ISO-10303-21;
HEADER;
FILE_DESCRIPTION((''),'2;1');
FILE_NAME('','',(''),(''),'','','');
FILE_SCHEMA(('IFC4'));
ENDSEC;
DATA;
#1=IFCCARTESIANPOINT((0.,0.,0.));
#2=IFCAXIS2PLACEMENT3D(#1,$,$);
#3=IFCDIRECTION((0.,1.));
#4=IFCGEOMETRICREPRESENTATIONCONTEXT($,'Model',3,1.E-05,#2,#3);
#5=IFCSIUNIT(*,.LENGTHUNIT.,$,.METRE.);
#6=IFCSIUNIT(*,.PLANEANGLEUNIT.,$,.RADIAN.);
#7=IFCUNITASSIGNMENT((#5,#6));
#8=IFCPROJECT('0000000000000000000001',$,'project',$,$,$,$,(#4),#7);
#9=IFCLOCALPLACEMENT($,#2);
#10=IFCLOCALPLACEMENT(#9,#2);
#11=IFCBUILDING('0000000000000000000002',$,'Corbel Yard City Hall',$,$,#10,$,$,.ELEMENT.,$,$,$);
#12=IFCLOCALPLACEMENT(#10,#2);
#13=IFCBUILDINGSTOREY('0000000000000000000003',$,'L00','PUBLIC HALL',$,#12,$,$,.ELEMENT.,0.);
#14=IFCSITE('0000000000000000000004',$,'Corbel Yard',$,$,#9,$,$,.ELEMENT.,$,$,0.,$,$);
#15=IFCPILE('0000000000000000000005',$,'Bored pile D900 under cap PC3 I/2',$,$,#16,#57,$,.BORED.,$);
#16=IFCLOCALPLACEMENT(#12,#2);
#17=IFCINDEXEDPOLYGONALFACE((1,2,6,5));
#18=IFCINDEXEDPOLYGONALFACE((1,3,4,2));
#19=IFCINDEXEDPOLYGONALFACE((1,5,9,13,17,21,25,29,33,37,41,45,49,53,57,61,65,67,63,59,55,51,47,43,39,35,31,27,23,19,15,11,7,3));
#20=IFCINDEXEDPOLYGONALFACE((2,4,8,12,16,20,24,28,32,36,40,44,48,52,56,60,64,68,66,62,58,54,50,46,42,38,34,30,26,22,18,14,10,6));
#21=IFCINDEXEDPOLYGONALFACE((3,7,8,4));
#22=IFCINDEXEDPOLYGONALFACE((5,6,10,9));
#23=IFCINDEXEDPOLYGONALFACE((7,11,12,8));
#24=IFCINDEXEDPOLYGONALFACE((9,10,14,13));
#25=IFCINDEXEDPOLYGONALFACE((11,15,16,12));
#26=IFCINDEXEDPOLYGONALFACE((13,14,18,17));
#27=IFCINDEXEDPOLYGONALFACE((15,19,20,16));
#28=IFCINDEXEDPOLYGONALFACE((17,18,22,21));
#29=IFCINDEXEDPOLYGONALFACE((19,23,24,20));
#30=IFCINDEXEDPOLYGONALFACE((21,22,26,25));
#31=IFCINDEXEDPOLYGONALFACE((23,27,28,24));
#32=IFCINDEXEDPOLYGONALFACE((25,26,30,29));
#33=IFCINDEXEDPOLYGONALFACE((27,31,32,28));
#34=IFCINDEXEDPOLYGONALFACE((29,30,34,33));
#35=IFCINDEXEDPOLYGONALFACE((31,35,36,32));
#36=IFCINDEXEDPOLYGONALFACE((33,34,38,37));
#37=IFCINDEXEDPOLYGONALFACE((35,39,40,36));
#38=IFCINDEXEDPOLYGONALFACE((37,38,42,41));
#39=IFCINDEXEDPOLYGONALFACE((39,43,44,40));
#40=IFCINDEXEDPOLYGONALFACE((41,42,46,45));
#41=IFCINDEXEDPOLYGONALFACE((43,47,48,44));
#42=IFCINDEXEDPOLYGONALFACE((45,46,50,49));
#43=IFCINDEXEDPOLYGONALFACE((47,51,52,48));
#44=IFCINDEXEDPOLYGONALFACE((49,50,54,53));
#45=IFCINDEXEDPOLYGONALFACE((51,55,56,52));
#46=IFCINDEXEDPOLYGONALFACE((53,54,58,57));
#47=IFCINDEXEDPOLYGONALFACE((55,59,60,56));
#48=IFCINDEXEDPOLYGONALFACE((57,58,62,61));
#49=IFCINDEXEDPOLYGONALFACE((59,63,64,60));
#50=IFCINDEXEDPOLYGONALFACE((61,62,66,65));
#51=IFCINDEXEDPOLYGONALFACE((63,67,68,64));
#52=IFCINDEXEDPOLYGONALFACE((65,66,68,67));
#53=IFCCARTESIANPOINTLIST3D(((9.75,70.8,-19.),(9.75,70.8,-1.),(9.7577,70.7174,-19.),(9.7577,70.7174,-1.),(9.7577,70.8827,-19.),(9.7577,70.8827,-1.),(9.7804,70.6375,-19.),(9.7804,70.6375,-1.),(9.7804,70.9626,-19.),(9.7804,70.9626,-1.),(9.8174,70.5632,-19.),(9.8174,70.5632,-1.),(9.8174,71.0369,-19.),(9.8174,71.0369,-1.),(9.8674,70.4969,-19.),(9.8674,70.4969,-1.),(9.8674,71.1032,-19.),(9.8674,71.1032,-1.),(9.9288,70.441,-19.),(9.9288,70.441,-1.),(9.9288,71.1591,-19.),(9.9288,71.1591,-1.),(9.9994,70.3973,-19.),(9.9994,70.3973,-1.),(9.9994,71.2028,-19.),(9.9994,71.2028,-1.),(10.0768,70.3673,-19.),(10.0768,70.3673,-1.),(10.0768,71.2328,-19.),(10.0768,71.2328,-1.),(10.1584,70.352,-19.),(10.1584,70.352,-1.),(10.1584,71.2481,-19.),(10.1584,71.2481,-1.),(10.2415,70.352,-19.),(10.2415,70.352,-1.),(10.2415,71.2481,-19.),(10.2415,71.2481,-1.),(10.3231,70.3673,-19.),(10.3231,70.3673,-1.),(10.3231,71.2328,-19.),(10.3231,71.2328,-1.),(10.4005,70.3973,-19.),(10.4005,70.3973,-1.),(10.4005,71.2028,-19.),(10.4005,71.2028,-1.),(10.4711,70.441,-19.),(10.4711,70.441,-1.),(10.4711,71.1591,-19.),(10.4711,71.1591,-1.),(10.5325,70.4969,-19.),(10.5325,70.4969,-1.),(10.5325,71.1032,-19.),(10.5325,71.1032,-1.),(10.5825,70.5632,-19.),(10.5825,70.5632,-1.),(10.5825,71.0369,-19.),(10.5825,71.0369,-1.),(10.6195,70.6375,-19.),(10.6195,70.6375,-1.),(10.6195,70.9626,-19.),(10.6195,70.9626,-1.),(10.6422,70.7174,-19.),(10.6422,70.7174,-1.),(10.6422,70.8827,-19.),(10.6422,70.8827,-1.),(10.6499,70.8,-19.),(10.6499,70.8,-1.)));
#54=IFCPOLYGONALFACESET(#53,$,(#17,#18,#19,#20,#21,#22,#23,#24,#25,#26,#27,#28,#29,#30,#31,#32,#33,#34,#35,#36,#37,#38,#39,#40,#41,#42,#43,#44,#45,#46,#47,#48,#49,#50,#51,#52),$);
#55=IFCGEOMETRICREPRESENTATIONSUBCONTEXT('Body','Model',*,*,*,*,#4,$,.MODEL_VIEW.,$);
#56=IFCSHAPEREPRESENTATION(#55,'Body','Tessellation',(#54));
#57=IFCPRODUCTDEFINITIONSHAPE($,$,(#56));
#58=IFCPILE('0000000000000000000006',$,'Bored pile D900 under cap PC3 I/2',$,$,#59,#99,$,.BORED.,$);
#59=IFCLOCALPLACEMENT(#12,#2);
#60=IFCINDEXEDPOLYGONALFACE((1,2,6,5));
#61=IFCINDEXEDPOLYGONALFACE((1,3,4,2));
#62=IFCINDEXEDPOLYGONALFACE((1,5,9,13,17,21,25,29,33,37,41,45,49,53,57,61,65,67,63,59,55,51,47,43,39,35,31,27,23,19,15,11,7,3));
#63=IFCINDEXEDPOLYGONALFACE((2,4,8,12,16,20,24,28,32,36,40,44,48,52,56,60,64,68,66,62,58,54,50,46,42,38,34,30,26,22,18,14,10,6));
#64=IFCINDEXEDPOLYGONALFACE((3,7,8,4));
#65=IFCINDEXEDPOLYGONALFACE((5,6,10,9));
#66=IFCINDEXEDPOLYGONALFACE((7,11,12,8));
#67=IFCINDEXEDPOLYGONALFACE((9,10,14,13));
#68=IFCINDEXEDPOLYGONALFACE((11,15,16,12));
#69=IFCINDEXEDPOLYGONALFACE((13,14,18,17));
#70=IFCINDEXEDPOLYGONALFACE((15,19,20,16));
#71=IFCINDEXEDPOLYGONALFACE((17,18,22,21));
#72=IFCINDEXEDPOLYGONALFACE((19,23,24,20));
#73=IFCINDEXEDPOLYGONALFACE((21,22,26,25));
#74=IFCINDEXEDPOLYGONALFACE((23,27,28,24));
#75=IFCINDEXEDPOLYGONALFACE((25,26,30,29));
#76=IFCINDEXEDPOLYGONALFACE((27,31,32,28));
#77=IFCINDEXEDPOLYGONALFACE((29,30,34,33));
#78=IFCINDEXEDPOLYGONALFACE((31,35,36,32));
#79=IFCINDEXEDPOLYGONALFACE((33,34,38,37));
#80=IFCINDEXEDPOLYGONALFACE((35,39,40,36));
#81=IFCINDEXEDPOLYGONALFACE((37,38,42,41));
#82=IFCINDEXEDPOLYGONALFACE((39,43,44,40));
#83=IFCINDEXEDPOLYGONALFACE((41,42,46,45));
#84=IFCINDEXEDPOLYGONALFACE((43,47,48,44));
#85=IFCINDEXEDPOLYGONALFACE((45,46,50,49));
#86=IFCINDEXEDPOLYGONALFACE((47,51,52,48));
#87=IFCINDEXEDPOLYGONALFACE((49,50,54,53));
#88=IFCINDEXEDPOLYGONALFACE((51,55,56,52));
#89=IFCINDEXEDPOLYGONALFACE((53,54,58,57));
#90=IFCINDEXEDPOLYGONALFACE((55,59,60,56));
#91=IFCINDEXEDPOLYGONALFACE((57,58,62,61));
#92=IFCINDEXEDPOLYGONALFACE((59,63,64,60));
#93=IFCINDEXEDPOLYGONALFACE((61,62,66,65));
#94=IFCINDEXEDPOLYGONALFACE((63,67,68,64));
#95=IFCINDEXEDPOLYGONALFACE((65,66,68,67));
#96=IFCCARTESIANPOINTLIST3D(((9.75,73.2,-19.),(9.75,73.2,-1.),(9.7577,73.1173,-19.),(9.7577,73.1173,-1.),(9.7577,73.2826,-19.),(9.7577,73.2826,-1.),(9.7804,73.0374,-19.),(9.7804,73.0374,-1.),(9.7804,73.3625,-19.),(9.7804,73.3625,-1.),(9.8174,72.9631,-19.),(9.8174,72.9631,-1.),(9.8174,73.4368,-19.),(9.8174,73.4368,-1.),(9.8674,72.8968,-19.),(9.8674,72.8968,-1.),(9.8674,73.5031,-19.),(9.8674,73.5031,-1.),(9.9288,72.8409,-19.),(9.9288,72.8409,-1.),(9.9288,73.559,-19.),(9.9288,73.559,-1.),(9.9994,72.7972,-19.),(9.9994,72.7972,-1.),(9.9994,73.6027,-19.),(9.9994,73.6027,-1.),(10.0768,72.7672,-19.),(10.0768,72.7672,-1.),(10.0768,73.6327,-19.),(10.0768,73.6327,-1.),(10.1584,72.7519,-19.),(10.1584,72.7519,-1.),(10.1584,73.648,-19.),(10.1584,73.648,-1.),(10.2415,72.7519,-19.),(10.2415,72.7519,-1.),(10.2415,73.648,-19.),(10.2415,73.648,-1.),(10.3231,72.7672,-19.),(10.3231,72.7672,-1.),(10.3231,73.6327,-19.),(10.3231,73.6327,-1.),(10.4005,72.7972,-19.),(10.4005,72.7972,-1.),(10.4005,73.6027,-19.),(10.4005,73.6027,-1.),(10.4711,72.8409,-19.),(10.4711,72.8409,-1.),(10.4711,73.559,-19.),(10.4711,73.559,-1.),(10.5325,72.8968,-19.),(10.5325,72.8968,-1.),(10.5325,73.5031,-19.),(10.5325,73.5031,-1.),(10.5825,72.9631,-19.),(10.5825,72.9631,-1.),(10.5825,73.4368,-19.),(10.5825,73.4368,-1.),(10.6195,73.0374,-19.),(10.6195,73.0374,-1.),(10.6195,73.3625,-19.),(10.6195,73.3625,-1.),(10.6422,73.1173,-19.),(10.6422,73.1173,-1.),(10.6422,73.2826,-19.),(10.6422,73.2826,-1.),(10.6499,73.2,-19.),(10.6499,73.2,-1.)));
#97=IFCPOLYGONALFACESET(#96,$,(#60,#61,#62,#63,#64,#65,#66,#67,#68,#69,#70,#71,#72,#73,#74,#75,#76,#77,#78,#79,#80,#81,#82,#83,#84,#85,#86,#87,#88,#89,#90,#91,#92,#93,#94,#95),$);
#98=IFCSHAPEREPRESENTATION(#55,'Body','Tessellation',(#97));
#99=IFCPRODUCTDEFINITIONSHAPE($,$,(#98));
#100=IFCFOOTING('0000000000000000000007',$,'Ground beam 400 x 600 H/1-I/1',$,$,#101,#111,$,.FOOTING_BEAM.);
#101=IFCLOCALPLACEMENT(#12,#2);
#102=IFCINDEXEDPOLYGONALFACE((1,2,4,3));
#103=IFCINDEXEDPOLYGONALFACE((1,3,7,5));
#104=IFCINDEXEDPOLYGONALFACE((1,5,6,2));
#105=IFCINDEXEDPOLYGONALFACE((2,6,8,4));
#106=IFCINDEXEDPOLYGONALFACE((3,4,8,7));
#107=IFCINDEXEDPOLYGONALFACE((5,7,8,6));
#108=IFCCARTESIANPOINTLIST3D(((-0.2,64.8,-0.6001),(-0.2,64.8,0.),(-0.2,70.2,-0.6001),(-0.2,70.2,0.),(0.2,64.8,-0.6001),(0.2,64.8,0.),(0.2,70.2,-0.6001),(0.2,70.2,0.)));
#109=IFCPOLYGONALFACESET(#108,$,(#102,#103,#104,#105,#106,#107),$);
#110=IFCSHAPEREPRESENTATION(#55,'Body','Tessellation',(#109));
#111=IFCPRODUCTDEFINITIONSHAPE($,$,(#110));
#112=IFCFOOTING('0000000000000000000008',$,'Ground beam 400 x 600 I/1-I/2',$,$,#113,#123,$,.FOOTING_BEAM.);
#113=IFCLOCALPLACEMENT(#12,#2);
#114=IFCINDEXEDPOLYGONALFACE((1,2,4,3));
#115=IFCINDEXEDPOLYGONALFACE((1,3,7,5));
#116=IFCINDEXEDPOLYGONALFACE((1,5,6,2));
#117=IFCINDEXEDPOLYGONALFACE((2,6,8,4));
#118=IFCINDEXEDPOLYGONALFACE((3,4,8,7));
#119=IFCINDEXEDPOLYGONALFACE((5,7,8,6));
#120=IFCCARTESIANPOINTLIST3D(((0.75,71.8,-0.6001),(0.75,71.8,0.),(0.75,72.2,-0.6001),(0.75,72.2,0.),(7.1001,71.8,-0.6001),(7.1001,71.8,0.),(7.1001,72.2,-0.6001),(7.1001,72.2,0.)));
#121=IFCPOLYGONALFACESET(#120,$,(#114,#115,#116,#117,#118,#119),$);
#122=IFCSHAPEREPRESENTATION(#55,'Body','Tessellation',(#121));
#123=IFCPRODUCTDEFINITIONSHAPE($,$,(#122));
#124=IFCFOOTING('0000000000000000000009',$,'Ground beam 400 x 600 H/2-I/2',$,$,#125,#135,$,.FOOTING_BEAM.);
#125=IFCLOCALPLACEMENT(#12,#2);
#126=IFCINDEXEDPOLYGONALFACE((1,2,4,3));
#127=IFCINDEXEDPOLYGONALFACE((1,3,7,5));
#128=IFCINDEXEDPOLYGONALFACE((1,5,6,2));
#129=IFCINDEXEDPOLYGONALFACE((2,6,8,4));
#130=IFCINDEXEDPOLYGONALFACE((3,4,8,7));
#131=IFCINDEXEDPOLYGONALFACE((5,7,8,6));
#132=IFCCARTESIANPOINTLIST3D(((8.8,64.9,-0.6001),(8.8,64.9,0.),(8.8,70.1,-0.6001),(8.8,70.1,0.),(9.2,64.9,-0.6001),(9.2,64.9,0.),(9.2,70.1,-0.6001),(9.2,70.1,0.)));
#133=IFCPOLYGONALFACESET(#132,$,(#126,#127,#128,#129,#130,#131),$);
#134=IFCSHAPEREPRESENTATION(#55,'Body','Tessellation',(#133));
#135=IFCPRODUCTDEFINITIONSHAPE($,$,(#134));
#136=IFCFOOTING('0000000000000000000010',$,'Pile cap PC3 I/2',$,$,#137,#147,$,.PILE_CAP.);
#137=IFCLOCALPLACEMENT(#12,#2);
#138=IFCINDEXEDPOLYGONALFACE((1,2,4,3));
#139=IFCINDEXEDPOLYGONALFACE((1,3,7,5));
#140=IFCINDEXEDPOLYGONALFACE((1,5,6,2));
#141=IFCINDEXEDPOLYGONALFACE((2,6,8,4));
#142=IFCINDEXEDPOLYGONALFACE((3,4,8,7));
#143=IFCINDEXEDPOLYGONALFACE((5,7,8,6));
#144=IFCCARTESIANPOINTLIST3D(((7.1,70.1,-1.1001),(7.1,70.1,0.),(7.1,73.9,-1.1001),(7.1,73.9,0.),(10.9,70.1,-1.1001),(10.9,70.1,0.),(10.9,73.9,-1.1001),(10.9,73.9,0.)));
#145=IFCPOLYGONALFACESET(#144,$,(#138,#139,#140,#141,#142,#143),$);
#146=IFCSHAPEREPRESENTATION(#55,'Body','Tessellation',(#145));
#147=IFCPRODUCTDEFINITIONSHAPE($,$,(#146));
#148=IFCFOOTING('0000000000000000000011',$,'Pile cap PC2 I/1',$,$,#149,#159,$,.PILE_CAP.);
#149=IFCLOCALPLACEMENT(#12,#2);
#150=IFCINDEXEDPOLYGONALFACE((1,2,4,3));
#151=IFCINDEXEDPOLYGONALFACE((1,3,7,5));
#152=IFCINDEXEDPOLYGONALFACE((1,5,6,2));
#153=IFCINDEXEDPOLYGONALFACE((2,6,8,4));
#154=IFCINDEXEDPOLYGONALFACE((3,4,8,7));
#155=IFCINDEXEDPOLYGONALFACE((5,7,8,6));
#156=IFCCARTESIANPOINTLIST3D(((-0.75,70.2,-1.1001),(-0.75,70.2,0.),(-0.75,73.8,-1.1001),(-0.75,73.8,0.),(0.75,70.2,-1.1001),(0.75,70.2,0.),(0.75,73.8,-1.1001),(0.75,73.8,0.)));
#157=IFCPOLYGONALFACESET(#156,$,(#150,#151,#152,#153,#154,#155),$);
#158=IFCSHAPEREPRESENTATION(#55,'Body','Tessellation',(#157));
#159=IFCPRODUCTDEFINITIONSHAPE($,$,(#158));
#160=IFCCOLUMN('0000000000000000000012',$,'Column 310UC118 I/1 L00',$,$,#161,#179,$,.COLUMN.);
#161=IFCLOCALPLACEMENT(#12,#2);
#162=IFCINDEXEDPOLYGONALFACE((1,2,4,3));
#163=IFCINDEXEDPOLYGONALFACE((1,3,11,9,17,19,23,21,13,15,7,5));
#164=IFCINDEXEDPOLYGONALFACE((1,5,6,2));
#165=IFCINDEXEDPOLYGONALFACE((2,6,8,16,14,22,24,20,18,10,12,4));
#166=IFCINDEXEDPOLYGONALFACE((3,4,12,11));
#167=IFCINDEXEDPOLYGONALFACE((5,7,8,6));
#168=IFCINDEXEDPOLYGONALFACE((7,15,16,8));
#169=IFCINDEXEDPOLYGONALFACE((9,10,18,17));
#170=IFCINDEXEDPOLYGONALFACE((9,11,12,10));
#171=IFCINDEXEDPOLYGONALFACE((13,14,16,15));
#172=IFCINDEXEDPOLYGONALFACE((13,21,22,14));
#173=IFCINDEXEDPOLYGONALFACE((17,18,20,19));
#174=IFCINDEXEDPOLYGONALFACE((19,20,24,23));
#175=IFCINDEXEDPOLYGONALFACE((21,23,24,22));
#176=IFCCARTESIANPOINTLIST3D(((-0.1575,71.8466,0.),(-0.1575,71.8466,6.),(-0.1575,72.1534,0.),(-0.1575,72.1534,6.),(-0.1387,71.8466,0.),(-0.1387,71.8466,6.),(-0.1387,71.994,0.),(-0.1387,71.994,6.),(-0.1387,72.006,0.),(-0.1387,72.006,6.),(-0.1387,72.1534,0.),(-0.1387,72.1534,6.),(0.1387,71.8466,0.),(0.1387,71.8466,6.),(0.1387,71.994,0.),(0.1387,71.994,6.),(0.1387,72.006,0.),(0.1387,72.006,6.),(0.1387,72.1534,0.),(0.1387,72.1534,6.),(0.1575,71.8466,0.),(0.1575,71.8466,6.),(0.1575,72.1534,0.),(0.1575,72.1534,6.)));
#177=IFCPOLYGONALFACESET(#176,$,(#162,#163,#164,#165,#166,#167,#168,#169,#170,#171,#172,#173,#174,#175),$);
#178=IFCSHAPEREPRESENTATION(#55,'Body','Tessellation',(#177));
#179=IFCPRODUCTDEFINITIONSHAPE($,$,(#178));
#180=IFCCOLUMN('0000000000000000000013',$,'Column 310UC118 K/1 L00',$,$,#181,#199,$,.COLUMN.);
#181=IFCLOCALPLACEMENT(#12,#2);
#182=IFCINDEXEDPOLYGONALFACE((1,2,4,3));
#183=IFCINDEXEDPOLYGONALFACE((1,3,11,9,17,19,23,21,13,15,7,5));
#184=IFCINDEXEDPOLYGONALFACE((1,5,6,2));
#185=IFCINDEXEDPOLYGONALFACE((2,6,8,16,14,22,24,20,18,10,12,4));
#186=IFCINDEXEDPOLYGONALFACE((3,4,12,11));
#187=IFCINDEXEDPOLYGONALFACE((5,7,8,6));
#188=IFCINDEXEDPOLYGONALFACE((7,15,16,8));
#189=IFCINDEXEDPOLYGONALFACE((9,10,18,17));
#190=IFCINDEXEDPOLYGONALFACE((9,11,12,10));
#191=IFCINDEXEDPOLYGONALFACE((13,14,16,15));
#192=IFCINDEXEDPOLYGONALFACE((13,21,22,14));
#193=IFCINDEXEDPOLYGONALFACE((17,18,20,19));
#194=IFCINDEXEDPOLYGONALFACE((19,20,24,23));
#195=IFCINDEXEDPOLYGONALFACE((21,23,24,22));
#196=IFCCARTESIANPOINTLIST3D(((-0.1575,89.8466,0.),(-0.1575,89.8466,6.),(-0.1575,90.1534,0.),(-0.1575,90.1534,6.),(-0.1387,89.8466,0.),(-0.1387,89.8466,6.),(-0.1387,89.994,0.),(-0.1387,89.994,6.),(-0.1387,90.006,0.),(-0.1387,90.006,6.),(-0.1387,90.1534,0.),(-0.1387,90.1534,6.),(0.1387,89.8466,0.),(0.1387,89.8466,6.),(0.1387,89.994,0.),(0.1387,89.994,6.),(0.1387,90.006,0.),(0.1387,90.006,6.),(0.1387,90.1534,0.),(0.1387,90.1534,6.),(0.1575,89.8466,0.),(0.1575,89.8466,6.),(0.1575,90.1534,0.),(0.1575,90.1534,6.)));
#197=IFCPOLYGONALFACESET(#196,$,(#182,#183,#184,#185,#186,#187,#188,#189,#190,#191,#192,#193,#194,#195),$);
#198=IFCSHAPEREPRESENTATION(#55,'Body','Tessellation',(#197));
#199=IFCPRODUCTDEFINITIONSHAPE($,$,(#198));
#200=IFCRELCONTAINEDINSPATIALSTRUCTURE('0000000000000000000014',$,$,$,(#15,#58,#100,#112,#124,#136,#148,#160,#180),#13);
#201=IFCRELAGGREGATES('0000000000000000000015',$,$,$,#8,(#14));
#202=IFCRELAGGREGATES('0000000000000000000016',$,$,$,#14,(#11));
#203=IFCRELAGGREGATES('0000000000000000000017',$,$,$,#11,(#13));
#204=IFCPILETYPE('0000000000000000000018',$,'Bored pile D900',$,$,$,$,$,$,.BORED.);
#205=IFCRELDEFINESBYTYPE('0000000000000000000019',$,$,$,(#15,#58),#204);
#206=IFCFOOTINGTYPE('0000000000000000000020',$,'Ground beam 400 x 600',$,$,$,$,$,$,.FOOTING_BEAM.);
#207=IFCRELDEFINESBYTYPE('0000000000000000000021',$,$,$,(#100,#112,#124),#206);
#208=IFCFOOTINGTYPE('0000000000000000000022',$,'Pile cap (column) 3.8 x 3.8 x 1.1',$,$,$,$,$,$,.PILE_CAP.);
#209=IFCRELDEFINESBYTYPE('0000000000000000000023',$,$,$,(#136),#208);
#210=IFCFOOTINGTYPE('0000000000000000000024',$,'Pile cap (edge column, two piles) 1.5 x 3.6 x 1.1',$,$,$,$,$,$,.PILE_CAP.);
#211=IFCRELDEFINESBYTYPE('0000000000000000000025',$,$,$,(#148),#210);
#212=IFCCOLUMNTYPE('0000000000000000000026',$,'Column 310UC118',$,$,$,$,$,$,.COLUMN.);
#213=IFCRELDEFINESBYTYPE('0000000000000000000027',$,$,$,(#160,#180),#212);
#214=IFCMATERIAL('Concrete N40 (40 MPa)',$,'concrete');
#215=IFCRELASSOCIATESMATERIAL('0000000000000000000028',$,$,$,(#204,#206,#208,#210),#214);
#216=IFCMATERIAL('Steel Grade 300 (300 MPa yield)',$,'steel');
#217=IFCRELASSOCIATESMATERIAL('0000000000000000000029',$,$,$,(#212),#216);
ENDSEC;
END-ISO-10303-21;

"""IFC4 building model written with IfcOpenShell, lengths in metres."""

from ifc_helpers import new_model, si_unit, direction, frame, origin, origin_2d, place, context, subcontext, project, spatial, rectangle, circle, i_section, extrude, material, material_profile, profile_set, type_object, element, save


model = new_model("IFC4")

# Units and contexts
model_context = context("Model", 3, precision=1e-05, world=origin(), true_north=direction((0.0, 1.0)))
body_context = subcontext(model_context, "Body", "Model", "MODEL_VIEW")
ifc_project = project(units=[si_unit("LENGTHUNIT", "METRE"), si_unit("PLANEANGLEUNIT", "RADIAN")], contexts=[model_context])

# Site, building, storey
site_placement = place(None, origin())
site = spatial("IfcSite", under=ifc_project, at=site_placement, Name="Corbel Yard", CompositionType="ELEMENT", RefElevation=0.0)
building_placement = place(site_placement, origin())
building = spatial("IfcBuilding", under=site, at=building_placement, Name="Corbel Yard City Hall", CompositionType="ELEMENT")
storey_placement = place(building_placement, origin())
storey = spatial("IfcBuildingStorey", under=building, at=storey_placement, Name="L00", Description="PUBLIC HALL", CompositionType="ELEMENT", Elevation=0.0)

# Piles
ifc_material_1 = material(Name="Concrete N40 (40 MPa)", Category="concrete")
ifc_material_profile_1 = material_profile(ifc_material_1, circle(Radius=0.45, at=origin_2d()), Name="D900")
ifc_profile_set_1 = profile_set([ifc_material_profile_1], Name="Concrete N40 (40 MPa)")
pile_type = type_object("IfcPileType", Name="Bored pile D900", PredefinedType="BORED", material=ifc_profile_set_1)
for number, where, z_axis, x_axis, name in (
    (1, (10.2, 70.8, -1.0), (0.0, 0.0, -1.0), (1.0, 0.0, 0.0), "Bored pile D900 under cap PC3 I/2"),
    (2, (10.2, 73.2, -1.0), (0.0, 0.0, -1.0), (1.0, 0.0, 0.0), "Bored pile D900 under cap PC3 I/2"),
):
    element("IfcPile", number, at=place(storey_placement, frame(where, z_axis=z_axis, x_axis=x_axis)), inside=storey, type_object=pile_type, Name=name, PredefinedType="BORED", context=body_context, shape_type="SweptSolid", body=[
        extrude(circle(Radius=0.45, at=origin_2d()), origin(), (0.0, 0.0, 1.0), 18.0),
    ])

# Footings
footing_type_1 = type_object("IfcFootingType", Name="Ground beam 400 x 600", PredefinedType="FOOTING_BEAM", material=ifc_material_1)
footing_1_placement = place(storey_placement, frame((0.0, 67.5, -0.6001), z_axis=(0.0, 0.0, 1.0), x_axis=(1.0, 0.0, 0.0)))
element("IfcFooting", 3, at=footing_1_placement, inside=storey, type_object=footing_type_1, Name="Ground beam 400 x 600 H/1-I/1", PredefinedType="FOOTING_BEAM", context=body_context, shape_type="SweptSolid", body=[
    extrude(rectangle(XDim=0.3999, YDim=5.3999, at=origin_2d()), origin(), (0.0, 0.0, 1.0), 0.6001),
])
footing_2_placement = place(storey_placement, frame((3.925, 72.0, -0.6001), z_axis=(0.0, 0.0, 1.0), x_axis=(1.0, 0.0, 0.0)))
element("IfcFooting", 4, at=footing_2_placement, inside=storey, type_object=footing_type_1, Name="Ground beam 400 x 600 I/1-I/2", PredefinedType="FOOTING_BEAM", context=body_context, shape_type="SweptSolid", body=[
    extrude(rectangle(XDim=6.3501, YDim=0.3999, at=origin_2d()), origin(), (0.0, 0.0, 1.0), 0.6001),
])
footing_3_placement = place(storey_placement, frame((9.0, 67.5, -0.6001), z_axis=(0.0, 0.0, 1.0), x_axis=(1.0, 0.0, 0.0)))
element("IfcFooting", 5, at=footing_3_placement, inside=storey, type_object=footing_type_1, Name="Ground beam 400 x 600 H/2-I/2", PredefinedType="FOOTING_BEAM", context=body_context, shape_type="SweptSolid", body=[
    extrude(rectangle(XDim=0.3999, YDim=5.2, at=origin_2d()), origin(), (0.0, 0.0, 1.0), 0.6001),
])
footing_type_2 = type_object("IfcFootingType", Name="Pile cap (column) 3.8 x 3.8 x 1.1", PredefinedType="PILE_CAP", material=ifc_material_1)
footing_4_placement = place(storey_placement, frame((9.0, 72.0, -1.1001), z_axis=(0.0, 0.0, 1.0), x_axis=(1.0, 0.0, 0.0)))
element("IfcFooting", 6, at=footing_4_placement, inside=storey, type_object=footing_type_2, Name="Pile cap PC3 I/2", PredefinedType="PILE_CAP", context=body_context, shape_type="SweptSolid", body=[
    extrude(rectangle(XDim=3.8, YDim=3.8, at=origin_2d()), origin(), (0.0, 0.0, 1.0), 1.1001),
])
footing_type_3 = type_object("IfcFootingType", Name="Pile cap (edge column, two piles) 1.5 x 3.6 x 1.1", PredefinedType="PILE_CAP", material=ifc_material_1)
footing_5_placement = place(storey_placement, frame((0.0, 72.0, -1.1001), z_axis=(0.0, 0.0, 1.0), x_axis=(1.0, 0.0, 0.0)))
element("IfcFooting", 7, at=footing_5_placement, inside=storey, type_object=footing_type_3, Name="Pile cap PC2 I/1", PredefinedType="PILE_CAP", context=body_context, shape_type="SweptSolid", body=[
    extrude(rectangle(XDim=1.5, YDim=3.6001, at=origin_2d()), origin(), (0.0, 0.0, 1.0), 1.1001),
])

# Columns
ifc_material_2 = material(Name="Steel Grade 300 (300 MPa yield)", Category="steel")
ifc_material_profile_2 = material_profile(ifc_material_2, i_section(OverallWidth=0.3069, OverallDepth=0.3149, WebThickness=0.012, FlangeThickness=0.0188, at=origin_2d()), Name="310UC118")
ifc_profile_set_2 = profile_set([ifc_material_profile_2], Name="Steel Grade 300 (300 MPa yield)")
column_type_1 = type_object("IfcColumnType", Name="Column 310UC118", PredefinedType="COLUMN", material=ifc_profile_set_2)
for number, where, z_axis, x_axis, name in (
    (8, (0.0, 72.0, 0.0), (0.0, 0.0, 1.0), (0.0, 1.0, 0.0), "Column 310UC118 I/1 L00"),
    (9, (0.0, 90.0, 0.0), (0.0, 0.0, 1.0), (0.0, 1.0, 0.0), "Column 310UC118 K/1 L00"),
):
    element("IfcColumn", number, at=place(storey_placement, frame(where, z_axis=z_axis, x_axis=x_axis)), inside=storey, type_object=column_type_1, Name=name, PredefinedType="COLUMN", context=body_context, shape_type="SweptSolid", body=[
        extrude(i_section(OverallWidth=0.3069, OverallDepth=0.3149, WebThickness=0.012, FlangeThickness=0.0188, at=origin_2d()), origin(), (0.0, 0.0, 1.0), 6.0),
    ])

save(model, "model.ifc")
